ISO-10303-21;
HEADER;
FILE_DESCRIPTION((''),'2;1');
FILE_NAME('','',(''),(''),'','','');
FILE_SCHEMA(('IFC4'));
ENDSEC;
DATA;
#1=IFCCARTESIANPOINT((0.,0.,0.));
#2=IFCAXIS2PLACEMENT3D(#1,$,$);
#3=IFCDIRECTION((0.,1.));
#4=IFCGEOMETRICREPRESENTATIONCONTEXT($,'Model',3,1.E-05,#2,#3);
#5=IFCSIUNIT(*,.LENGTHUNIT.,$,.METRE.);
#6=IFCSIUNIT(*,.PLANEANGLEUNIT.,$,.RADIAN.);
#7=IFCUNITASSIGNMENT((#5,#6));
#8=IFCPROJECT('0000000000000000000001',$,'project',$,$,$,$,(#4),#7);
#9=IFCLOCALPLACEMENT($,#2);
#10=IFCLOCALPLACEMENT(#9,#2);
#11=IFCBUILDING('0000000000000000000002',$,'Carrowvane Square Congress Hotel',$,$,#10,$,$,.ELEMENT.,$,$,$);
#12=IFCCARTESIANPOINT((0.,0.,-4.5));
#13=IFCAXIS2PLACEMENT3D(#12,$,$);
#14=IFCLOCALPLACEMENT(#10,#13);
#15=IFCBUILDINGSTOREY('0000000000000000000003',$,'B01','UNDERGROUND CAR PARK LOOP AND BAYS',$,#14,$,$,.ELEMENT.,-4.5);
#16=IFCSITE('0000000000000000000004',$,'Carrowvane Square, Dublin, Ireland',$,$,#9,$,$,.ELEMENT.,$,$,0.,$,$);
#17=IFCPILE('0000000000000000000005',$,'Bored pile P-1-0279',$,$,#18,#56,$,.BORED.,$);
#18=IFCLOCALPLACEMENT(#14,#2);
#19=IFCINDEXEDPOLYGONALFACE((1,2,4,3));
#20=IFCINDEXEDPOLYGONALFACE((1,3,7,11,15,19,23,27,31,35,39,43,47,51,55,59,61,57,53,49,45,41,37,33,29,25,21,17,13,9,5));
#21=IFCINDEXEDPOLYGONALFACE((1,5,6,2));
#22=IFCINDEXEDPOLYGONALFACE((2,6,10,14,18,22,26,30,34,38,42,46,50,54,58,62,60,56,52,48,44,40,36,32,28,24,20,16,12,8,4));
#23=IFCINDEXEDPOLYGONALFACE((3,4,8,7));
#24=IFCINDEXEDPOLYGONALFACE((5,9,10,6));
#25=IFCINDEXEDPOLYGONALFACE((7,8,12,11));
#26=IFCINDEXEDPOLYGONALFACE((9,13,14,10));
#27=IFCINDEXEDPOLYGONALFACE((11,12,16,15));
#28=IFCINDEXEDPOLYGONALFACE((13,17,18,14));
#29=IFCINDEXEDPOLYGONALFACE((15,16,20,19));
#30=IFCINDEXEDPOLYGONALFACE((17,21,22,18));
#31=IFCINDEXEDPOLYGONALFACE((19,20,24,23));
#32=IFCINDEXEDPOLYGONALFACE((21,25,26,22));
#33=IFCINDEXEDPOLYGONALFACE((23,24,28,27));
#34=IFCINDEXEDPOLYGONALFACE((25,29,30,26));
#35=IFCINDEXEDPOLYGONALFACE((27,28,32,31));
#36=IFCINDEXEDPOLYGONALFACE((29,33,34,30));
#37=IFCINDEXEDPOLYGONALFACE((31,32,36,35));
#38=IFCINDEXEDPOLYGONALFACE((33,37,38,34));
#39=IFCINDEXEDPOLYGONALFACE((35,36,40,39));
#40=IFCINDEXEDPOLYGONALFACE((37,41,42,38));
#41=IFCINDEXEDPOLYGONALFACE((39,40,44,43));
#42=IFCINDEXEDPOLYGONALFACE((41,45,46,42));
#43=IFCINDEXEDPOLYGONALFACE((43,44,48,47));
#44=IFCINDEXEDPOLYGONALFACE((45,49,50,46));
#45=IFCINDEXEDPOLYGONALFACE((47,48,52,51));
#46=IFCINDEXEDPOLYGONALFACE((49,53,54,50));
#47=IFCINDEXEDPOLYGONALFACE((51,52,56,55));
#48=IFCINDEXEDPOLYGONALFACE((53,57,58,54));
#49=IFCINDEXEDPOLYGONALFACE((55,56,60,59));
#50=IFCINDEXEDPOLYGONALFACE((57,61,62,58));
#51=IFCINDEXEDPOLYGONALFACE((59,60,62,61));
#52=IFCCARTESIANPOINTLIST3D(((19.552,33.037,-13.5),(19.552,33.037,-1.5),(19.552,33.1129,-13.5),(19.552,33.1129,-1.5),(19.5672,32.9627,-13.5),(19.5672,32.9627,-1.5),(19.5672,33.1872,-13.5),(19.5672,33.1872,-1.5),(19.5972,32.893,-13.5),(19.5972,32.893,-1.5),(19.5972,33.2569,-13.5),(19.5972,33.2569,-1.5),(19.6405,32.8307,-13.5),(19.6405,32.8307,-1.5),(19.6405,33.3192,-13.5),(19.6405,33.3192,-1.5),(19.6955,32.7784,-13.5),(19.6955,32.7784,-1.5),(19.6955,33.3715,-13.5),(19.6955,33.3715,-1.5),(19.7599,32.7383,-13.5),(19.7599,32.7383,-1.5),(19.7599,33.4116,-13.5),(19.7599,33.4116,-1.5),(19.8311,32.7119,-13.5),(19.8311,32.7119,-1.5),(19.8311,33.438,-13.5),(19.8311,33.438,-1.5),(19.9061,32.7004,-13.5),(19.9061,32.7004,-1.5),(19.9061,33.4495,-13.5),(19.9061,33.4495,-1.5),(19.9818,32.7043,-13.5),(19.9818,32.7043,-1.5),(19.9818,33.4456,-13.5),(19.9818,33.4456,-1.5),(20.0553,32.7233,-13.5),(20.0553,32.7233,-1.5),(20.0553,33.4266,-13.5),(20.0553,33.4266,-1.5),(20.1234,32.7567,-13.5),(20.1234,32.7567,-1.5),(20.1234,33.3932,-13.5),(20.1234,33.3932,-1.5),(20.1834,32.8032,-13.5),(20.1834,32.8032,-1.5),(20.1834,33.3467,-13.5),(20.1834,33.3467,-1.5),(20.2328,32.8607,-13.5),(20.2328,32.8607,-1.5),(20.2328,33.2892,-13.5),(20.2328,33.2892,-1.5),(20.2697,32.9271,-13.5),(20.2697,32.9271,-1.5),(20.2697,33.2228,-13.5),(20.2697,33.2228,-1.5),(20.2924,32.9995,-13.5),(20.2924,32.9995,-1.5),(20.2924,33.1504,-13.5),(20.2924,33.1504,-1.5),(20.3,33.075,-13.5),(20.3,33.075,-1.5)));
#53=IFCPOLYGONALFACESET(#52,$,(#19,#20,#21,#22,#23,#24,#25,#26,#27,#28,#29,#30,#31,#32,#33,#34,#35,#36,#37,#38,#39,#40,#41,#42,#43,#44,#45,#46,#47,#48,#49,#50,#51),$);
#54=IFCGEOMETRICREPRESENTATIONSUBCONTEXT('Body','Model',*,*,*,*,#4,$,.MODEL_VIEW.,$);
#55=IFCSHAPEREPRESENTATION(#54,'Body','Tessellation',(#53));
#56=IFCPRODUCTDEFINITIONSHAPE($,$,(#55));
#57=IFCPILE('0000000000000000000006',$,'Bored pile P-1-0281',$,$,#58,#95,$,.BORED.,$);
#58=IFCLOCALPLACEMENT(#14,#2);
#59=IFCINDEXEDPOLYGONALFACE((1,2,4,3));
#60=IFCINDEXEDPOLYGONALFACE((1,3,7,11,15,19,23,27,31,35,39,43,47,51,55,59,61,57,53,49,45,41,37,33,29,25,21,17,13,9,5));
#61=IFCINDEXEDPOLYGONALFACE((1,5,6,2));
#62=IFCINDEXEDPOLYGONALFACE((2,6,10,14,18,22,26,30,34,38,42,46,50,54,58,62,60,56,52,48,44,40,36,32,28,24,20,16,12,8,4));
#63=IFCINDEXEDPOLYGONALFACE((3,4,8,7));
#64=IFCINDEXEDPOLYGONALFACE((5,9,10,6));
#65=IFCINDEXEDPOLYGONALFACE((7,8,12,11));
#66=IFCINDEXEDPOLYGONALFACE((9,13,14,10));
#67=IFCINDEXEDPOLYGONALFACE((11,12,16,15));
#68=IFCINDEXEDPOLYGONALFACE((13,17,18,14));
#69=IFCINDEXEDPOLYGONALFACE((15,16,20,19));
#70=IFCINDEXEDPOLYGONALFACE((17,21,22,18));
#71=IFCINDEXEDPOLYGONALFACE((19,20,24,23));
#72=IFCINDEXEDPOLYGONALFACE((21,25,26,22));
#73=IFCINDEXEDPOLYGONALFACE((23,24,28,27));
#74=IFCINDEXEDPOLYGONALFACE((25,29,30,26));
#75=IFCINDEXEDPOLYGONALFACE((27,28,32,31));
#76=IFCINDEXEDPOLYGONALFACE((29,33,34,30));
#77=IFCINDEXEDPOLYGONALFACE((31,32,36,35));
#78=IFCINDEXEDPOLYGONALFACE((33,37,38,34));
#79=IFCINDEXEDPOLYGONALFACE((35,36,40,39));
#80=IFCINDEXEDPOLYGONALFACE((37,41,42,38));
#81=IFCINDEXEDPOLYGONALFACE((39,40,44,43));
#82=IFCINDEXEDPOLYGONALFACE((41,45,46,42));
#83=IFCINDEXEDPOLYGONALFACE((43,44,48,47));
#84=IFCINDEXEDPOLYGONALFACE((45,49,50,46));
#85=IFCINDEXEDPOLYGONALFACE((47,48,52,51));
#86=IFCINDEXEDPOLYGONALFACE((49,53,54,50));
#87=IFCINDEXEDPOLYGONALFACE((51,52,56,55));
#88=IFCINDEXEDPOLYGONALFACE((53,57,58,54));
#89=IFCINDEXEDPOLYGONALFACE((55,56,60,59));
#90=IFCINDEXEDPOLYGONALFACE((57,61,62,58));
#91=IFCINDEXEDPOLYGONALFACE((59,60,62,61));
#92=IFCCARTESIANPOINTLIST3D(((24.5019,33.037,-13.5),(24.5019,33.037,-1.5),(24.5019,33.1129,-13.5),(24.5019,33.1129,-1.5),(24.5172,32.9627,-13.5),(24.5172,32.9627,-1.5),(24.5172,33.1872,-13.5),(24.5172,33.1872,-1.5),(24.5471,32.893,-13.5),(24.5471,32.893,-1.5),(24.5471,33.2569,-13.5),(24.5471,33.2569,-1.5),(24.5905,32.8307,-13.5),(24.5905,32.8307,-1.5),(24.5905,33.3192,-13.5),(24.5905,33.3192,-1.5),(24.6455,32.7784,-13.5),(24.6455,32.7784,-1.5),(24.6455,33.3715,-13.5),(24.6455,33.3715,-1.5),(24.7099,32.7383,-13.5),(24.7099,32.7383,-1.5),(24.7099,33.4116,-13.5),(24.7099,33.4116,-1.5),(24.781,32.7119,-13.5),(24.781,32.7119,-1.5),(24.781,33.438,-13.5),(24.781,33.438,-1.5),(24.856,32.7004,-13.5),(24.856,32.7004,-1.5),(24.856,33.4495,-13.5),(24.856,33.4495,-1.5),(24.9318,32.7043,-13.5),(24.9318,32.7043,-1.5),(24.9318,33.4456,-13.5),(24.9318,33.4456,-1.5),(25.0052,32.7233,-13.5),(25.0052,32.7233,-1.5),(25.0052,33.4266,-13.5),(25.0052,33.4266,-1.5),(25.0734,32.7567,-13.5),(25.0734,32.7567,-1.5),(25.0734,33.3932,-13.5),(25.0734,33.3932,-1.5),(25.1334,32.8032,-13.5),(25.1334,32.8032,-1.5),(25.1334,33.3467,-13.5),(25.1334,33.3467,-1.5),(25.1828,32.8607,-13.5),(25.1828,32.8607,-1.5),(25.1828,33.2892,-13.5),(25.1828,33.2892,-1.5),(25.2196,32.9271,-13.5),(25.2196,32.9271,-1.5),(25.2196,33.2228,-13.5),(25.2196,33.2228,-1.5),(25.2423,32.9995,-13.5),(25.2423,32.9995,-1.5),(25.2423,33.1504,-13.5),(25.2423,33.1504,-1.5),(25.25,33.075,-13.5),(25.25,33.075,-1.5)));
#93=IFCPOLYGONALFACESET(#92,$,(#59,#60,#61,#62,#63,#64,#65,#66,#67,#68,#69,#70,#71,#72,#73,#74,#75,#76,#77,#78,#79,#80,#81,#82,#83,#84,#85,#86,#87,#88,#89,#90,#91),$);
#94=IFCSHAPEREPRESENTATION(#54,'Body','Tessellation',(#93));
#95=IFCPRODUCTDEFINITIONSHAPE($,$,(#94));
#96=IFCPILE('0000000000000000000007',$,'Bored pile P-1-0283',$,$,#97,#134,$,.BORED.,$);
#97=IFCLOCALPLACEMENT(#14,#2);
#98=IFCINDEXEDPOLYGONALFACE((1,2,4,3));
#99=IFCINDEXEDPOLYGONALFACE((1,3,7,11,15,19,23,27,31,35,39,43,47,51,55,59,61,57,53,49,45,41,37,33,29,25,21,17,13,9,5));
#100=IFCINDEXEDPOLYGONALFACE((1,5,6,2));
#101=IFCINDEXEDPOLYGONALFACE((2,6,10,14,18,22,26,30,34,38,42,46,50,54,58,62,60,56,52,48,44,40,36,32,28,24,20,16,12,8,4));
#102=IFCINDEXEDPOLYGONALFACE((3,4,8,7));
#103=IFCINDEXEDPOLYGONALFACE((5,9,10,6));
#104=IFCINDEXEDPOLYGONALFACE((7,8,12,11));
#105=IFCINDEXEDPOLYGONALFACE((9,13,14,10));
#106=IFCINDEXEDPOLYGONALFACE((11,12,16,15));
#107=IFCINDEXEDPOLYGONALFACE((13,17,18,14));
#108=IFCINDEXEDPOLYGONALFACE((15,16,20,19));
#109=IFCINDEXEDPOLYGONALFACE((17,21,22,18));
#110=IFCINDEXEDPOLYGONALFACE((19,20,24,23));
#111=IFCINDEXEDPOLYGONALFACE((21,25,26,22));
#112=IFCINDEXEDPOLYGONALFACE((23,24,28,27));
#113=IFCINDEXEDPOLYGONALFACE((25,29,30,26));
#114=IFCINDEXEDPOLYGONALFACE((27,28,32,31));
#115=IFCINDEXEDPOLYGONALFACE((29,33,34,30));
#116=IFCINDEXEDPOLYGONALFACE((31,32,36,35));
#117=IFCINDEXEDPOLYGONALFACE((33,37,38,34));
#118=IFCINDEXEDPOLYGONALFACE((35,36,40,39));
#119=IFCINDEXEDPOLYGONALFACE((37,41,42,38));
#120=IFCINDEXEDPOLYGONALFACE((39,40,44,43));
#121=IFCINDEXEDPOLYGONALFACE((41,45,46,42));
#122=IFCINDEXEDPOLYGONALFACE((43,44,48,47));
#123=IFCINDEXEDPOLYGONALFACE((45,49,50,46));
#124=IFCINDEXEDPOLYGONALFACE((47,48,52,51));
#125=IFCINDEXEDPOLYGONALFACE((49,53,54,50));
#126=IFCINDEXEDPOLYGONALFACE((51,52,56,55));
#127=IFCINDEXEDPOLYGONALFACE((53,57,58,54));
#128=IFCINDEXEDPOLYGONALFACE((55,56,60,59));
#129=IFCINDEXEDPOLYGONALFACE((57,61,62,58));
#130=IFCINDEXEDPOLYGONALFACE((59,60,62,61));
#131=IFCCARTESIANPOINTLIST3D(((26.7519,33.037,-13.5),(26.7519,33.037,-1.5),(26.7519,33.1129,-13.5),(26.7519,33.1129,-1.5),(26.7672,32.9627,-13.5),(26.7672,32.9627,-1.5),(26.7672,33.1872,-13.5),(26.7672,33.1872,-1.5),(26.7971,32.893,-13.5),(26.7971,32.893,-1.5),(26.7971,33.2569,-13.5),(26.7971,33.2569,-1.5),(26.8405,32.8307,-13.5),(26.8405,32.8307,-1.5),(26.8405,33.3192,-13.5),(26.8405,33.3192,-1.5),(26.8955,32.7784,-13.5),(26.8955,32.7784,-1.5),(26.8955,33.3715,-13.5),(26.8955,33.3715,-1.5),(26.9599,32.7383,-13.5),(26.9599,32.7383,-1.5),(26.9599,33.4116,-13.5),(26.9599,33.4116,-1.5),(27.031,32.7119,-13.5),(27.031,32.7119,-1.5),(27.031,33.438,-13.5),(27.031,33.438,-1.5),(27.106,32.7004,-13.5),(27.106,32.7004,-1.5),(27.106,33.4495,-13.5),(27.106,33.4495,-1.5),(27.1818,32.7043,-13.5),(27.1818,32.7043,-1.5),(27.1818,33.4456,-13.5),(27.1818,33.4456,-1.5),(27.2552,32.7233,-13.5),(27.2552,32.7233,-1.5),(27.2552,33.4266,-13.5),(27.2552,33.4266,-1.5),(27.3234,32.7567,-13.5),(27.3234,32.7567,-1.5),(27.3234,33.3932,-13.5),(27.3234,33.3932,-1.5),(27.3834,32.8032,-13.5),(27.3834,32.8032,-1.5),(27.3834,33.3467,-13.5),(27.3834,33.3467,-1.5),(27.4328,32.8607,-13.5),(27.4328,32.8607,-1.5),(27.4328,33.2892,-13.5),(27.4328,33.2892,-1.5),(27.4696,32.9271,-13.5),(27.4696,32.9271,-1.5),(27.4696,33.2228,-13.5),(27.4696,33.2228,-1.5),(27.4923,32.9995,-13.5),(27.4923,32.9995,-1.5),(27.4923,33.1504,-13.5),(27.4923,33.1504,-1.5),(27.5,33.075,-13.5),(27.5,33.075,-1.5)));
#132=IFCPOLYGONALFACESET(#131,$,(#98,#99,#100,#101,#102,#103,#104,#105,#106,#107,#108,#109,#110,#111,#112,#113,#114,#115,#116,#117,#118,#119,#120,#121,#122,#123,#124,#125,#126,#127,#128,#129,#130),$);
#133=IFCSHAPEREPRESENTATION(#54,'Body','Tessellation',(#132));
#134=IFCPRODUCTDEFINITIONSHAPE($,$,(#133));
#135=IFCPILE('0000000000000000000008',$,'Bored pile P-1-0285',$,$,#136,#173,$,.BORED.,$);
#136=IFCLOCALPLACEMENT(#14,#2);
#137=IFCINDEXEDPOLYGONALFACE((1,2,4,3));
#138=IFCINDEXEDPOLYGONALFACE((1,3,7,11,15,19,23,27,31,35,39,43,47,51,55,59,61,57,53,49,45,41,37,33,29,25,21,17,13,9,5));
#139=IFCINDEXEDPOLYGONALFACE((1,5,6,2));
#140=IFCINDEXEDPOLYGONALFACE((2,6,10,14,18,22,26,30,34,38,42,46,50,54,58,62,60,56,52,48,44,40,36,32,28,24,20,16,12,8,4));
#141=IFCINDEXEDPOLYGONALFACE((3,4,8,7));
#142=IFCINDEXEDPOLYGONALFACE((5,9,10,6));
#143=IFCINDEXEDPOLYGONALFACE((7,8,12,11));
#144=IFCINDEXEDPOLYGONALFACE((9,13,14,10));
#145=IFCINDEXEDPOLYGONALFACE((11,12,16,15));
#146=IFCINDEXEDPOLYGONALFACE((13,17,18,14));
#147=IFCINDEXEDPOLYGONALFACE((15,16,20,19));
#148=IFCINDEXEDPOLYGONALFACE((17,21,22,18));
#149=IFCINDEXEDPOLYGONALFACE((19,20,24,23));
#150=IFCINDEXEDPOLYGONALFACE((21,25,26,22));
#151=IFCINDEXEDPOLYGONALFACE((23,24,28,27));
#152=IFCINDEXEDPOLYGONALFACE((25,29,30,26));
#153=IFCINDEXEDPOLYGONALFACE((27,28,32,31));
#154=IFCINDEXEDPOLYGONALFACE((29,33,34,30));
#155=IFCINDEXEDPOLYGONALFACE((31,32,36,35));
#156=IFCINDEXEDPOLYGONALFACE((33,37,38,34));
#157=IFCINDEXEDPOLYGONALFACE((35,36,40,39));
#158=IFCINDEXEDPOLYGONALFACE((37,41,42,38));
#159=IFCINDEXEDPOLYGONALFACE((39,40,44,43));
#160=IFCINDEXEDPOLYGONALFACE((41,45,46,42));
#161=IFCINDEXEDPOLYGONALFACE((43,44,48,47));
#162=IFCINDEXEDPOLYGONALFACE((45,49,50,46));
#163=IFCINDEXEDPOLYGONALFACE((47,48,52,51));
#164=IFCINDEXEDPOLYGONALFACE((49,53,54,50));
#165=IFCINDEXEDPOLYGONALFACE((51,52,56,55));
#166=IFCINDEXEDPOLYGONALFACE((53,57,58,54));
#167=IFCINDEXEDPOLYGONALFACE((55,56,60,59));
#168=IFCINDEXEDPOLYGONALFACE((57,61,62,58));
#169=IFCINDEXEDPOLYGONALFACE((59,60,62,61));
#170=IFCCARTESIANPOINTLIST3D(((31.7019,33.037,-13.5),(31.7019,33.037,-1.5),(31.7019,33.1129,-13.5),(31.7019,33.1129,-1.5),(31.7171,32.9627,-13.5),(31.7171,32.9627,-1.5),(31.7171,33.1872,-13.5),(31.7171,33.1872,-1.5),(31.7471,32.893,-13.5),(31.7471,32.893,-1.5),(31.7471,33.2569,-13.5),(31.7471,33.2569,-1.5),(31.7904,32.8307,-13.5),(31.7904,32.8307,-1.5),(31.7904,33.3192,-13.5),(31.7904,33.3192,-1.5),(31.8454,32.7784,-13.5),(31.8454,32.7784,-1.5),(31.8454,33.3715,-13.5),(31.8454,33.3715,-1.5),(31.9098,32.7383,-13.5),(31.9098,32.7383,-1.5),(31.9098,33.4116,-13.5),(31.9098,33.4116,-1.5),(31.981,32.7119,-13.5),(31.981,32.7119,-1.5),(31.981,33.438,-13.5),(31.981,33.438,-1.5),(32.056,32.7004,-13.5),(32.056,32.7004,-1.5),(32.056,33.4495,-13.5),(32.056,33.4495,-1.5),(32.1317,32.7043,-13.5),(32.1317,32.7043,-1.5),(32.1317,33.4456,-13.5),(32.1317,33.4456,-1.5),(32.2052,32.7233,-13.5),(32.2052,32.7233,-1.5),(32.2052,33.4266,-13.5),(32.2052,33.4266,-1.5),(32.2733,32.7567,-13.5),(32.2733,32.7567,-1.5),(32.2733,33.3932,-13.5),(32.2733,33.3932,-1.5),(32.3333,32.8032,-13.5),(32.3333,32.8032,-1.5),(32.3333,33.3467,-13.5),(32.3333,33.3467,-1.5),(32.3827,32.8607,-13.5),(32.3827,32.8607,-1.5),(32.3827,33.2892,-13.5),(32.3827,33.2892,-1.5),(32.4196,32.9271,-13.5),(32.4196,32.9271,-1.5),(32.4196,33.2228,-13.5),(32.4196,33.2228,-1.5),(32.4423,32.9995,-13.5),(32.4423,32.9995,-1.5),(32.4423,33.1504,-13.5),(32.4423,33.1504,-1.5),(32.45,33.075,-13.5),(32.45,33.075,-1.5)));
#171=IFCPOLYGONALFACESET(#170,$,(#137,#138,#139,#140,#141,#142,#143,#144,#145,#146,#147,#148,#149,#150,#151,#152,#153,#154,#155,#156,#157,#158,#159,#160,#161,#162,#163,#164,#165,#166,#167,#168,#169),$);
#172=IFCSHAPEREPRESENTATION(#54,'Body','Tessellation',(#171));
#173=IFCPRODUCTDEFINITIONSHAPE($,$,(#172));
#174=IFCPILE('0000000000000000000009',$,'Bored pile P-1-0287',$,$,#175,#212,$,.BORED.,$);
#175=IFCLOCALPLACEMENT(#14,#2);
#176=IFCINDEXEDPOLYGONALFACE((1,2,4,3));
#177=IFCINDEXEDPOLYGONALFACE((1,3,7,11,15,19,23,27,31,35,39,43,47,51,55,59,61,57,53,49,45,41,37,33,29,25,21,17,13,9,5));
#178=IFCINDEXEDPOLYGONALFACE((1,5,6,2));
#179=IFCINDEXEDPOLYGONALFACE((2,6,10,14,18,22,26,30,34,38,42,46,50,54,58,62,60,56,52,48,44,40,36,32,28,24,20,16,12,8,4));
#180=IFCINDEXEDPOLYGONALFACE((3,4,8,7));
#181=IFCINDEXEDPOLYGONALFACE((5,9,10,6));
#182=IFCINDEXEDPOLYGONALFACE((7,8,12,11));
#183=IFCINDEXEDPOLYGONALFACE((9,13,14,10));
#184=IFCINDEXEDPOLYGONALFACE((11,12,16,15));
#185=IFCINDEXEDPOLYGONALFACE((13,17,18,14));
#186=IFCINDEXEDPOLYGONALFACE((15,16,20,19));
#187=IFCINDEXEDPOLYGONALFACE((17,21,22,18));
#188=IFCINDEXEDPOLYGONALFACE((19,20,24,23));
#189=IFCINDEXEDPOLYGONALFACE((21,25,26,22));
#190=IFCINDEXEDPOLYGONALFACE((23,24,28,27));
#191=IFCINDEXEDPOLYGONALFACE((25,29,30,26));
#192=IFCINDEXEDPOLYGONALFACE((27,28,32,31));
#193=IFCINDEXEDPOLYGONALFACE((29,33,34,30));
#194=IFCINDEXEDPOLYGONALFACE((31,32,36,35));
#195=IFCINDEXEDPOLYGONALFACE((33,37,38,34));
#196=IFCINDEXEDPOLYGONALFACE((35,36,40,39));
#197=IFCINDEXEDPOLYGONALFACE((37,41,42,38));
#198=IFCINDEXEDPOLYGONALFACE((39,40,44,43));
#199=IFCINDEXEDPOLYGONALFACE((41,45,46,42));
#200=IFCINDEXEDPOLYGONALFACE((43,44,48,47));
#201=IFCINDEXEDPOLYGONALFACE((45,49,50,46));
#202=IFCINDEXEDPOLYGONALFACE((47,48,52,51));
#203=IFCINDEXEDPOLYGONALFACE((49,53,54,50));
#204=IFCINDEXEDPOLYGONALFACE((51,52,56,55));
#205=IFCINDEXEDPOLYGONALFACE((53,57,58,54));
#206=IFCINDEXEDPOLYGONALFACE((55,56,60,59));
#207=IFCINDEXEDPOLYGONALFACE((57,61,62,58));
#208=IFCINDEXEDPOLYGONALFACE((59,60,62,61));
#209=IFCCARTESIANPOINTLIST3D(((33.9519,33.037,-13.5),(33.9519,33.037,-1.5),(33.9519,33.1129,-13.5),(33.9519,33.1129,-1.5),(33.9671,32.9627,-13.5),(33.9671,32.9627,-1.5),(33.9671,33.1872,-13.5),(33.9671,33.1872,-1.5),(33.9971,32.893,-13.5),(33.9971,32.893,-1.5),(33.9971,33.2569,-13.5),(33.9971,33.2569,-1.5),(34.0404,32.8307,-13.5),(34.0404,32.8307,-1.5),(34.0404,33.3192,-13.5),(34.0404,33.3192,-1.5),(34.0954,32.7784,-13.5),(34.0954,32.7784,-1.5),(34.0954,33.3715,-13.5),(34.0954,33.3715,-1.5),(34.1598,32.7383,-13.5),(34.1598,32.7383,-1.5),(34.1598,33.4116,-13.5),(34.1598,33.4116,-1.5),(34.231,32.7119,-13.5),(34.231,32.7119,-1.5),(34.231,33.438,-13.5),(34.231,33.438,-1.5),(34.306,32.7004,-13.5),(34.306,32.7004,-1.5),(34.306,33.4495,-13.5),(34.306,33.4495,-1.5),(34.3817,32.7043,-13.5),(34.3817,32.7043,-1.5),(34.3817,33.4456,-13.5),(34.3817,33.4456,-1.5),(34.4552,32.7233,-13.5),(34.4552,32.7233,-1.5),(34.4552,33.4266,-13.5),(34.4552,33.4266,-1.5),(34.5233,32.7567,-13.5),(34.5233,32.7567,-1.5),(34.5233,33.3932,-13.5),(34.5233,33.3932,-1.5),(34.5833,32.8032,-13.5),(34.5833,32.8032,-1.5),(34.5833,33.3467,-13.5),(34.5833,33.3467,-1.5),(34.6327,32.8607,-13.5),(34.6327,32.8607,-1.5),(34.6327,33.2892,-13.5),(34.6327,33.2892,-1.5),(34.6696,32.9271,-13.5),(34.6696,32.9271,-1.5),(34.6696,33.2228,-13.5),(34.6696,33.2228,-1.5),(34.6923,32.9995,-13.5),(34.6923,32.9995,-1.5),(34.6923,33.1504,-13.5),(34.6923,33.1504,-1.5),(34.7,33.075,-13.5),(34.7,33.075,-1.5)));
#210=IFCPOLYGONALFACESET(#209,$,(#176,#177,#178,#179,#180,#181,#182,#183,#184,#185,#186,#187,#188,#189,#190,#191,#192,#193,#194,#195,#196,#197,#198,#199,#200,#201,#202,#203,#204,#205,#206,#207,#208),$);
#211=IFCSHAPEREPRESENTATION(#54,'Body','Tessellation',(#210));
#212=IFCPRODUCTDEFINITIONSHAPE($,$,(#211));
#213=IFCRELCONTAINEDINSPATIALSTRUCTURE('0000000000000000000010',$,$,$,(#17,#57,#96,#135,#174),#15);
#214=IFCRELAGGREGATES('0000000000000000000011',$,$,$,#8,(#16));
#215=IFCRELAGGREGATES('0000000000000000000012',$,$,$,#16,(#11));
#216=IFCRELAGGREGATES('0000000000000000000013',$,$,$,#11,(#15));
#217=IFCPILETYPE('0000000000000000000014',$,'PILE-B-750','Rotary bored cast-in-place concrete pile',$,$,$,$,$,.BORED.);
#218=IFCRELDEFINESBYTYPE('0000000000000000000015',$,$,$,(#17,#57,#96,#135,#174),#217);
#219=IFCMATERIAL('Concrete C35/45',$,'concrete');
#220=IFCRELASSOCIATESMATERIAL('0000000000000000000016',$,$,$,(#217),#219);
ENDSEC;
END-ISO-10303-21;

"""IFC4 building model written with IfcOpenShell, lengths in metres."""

from ifc_helpers import new_model, si_unit, direction, frame, origin, origin_2d, place, context, subcontext, project, spatial, circle, extrude, material, material_profile, profile_set, type_object, element, save


model = new_model("IFC4")

# Units and contexts
model_context = context("Model", 3, precision=1e-05, world=origin(), true_north=direction((0.0, 1.0)))
body_context = subcontext(model_context, "Body", "Model", "MODEL_VIEW")
ifc_project = project(units=[si_unit("LENGTHUNIT", "METRE"), si_unit("PLANEANGLEUNIT", "RADIAN")], contexts=[model_context])

# Site, building, storey
site_placement = place(None, origin())
site = spatial("IfcSite", under=ifc_project, at=site_placement, Name="Carrowvane Square, Dublin, Ireland", CompositionType="ELEMENT", RefElevation=0.0)
building_placement = place(site_placement, origin())
building = spatial("IfcBuilding", under=site, at=building_placement, Name="Carrowvane Square Congress Hotel", CompositionType="ELEMENT")
storey_placement = place(building_placement, frame((0.0, 0.0, -4.5)))
storey = spatial("IfcBuildingStorey", under=building, at=storey_placement, Name="B01", Description="UNDERGROUND CAR PARK LOOP AND BAYS", CompositionType="ELEMENT", Elevation=-4.5)

# Piles
ifc_material_1 = material(Name="Concrete C35/45", Category="concrete")
ifc_material_profile_1 = material_profile(ifc_material_1, circle(Radius=0.375, at=origin_2d()), Name="PILE D750")
ifc_profile_set_1 = profile_set([ifc_material_profile_1], Name="Concrete C35/45")
pile_type = type_object("IfcPileType", Name="PILE-B-750", Description="Rotary bored cast-in-place concrete pile", PredefinedType="BORED", material=ifc_profile_set_1)
for number, where, z_axis, x_axis, name in (
    (1, (19.925, 33.075, -1.5), (0.0, 0.0, -1.0), (1.0, 0.0, 0.0), "Bored pile P-1-0279"),
    (2, (24.875, 33.075, -1.5), (0.0, 0.0, -1.0), (1.0, 0.0, 0.0), "Bored pile P-1-0281"),
    (3, (27.125, 33.075, -1.5), (0.0, 0.0, -1.0), (1.0, 0.0, 0.0), "Bored pile P-1-0283"),
    (4, (32.075, 33.075, -1.5), (0.0, 0.0, -1.0), (1.0, 0.0, 0.0), "Bored pile P-1-0285"),
    (5, (34.325, 33.075, -1.5), (0.0, 0.0, -1.0), (1.0, 0.0, 0.0), "Bored pile P-1-0287"),
):
    element("IfcPile", number, at=place(storey_placement, frame(where, z_axis=z_axis, x_axis=x_axis)), inside=storey, type_object=pile_type, Name=name, PredefinedType="BORED", context=body_context, shape_type="SweptSolid", body=[
        extrude(circle(Radius=0.375, at=origin_2d()), origin(), (0.0, 0.0, 1.0), 12.0),
    ])

save(model, "model.ifc")
